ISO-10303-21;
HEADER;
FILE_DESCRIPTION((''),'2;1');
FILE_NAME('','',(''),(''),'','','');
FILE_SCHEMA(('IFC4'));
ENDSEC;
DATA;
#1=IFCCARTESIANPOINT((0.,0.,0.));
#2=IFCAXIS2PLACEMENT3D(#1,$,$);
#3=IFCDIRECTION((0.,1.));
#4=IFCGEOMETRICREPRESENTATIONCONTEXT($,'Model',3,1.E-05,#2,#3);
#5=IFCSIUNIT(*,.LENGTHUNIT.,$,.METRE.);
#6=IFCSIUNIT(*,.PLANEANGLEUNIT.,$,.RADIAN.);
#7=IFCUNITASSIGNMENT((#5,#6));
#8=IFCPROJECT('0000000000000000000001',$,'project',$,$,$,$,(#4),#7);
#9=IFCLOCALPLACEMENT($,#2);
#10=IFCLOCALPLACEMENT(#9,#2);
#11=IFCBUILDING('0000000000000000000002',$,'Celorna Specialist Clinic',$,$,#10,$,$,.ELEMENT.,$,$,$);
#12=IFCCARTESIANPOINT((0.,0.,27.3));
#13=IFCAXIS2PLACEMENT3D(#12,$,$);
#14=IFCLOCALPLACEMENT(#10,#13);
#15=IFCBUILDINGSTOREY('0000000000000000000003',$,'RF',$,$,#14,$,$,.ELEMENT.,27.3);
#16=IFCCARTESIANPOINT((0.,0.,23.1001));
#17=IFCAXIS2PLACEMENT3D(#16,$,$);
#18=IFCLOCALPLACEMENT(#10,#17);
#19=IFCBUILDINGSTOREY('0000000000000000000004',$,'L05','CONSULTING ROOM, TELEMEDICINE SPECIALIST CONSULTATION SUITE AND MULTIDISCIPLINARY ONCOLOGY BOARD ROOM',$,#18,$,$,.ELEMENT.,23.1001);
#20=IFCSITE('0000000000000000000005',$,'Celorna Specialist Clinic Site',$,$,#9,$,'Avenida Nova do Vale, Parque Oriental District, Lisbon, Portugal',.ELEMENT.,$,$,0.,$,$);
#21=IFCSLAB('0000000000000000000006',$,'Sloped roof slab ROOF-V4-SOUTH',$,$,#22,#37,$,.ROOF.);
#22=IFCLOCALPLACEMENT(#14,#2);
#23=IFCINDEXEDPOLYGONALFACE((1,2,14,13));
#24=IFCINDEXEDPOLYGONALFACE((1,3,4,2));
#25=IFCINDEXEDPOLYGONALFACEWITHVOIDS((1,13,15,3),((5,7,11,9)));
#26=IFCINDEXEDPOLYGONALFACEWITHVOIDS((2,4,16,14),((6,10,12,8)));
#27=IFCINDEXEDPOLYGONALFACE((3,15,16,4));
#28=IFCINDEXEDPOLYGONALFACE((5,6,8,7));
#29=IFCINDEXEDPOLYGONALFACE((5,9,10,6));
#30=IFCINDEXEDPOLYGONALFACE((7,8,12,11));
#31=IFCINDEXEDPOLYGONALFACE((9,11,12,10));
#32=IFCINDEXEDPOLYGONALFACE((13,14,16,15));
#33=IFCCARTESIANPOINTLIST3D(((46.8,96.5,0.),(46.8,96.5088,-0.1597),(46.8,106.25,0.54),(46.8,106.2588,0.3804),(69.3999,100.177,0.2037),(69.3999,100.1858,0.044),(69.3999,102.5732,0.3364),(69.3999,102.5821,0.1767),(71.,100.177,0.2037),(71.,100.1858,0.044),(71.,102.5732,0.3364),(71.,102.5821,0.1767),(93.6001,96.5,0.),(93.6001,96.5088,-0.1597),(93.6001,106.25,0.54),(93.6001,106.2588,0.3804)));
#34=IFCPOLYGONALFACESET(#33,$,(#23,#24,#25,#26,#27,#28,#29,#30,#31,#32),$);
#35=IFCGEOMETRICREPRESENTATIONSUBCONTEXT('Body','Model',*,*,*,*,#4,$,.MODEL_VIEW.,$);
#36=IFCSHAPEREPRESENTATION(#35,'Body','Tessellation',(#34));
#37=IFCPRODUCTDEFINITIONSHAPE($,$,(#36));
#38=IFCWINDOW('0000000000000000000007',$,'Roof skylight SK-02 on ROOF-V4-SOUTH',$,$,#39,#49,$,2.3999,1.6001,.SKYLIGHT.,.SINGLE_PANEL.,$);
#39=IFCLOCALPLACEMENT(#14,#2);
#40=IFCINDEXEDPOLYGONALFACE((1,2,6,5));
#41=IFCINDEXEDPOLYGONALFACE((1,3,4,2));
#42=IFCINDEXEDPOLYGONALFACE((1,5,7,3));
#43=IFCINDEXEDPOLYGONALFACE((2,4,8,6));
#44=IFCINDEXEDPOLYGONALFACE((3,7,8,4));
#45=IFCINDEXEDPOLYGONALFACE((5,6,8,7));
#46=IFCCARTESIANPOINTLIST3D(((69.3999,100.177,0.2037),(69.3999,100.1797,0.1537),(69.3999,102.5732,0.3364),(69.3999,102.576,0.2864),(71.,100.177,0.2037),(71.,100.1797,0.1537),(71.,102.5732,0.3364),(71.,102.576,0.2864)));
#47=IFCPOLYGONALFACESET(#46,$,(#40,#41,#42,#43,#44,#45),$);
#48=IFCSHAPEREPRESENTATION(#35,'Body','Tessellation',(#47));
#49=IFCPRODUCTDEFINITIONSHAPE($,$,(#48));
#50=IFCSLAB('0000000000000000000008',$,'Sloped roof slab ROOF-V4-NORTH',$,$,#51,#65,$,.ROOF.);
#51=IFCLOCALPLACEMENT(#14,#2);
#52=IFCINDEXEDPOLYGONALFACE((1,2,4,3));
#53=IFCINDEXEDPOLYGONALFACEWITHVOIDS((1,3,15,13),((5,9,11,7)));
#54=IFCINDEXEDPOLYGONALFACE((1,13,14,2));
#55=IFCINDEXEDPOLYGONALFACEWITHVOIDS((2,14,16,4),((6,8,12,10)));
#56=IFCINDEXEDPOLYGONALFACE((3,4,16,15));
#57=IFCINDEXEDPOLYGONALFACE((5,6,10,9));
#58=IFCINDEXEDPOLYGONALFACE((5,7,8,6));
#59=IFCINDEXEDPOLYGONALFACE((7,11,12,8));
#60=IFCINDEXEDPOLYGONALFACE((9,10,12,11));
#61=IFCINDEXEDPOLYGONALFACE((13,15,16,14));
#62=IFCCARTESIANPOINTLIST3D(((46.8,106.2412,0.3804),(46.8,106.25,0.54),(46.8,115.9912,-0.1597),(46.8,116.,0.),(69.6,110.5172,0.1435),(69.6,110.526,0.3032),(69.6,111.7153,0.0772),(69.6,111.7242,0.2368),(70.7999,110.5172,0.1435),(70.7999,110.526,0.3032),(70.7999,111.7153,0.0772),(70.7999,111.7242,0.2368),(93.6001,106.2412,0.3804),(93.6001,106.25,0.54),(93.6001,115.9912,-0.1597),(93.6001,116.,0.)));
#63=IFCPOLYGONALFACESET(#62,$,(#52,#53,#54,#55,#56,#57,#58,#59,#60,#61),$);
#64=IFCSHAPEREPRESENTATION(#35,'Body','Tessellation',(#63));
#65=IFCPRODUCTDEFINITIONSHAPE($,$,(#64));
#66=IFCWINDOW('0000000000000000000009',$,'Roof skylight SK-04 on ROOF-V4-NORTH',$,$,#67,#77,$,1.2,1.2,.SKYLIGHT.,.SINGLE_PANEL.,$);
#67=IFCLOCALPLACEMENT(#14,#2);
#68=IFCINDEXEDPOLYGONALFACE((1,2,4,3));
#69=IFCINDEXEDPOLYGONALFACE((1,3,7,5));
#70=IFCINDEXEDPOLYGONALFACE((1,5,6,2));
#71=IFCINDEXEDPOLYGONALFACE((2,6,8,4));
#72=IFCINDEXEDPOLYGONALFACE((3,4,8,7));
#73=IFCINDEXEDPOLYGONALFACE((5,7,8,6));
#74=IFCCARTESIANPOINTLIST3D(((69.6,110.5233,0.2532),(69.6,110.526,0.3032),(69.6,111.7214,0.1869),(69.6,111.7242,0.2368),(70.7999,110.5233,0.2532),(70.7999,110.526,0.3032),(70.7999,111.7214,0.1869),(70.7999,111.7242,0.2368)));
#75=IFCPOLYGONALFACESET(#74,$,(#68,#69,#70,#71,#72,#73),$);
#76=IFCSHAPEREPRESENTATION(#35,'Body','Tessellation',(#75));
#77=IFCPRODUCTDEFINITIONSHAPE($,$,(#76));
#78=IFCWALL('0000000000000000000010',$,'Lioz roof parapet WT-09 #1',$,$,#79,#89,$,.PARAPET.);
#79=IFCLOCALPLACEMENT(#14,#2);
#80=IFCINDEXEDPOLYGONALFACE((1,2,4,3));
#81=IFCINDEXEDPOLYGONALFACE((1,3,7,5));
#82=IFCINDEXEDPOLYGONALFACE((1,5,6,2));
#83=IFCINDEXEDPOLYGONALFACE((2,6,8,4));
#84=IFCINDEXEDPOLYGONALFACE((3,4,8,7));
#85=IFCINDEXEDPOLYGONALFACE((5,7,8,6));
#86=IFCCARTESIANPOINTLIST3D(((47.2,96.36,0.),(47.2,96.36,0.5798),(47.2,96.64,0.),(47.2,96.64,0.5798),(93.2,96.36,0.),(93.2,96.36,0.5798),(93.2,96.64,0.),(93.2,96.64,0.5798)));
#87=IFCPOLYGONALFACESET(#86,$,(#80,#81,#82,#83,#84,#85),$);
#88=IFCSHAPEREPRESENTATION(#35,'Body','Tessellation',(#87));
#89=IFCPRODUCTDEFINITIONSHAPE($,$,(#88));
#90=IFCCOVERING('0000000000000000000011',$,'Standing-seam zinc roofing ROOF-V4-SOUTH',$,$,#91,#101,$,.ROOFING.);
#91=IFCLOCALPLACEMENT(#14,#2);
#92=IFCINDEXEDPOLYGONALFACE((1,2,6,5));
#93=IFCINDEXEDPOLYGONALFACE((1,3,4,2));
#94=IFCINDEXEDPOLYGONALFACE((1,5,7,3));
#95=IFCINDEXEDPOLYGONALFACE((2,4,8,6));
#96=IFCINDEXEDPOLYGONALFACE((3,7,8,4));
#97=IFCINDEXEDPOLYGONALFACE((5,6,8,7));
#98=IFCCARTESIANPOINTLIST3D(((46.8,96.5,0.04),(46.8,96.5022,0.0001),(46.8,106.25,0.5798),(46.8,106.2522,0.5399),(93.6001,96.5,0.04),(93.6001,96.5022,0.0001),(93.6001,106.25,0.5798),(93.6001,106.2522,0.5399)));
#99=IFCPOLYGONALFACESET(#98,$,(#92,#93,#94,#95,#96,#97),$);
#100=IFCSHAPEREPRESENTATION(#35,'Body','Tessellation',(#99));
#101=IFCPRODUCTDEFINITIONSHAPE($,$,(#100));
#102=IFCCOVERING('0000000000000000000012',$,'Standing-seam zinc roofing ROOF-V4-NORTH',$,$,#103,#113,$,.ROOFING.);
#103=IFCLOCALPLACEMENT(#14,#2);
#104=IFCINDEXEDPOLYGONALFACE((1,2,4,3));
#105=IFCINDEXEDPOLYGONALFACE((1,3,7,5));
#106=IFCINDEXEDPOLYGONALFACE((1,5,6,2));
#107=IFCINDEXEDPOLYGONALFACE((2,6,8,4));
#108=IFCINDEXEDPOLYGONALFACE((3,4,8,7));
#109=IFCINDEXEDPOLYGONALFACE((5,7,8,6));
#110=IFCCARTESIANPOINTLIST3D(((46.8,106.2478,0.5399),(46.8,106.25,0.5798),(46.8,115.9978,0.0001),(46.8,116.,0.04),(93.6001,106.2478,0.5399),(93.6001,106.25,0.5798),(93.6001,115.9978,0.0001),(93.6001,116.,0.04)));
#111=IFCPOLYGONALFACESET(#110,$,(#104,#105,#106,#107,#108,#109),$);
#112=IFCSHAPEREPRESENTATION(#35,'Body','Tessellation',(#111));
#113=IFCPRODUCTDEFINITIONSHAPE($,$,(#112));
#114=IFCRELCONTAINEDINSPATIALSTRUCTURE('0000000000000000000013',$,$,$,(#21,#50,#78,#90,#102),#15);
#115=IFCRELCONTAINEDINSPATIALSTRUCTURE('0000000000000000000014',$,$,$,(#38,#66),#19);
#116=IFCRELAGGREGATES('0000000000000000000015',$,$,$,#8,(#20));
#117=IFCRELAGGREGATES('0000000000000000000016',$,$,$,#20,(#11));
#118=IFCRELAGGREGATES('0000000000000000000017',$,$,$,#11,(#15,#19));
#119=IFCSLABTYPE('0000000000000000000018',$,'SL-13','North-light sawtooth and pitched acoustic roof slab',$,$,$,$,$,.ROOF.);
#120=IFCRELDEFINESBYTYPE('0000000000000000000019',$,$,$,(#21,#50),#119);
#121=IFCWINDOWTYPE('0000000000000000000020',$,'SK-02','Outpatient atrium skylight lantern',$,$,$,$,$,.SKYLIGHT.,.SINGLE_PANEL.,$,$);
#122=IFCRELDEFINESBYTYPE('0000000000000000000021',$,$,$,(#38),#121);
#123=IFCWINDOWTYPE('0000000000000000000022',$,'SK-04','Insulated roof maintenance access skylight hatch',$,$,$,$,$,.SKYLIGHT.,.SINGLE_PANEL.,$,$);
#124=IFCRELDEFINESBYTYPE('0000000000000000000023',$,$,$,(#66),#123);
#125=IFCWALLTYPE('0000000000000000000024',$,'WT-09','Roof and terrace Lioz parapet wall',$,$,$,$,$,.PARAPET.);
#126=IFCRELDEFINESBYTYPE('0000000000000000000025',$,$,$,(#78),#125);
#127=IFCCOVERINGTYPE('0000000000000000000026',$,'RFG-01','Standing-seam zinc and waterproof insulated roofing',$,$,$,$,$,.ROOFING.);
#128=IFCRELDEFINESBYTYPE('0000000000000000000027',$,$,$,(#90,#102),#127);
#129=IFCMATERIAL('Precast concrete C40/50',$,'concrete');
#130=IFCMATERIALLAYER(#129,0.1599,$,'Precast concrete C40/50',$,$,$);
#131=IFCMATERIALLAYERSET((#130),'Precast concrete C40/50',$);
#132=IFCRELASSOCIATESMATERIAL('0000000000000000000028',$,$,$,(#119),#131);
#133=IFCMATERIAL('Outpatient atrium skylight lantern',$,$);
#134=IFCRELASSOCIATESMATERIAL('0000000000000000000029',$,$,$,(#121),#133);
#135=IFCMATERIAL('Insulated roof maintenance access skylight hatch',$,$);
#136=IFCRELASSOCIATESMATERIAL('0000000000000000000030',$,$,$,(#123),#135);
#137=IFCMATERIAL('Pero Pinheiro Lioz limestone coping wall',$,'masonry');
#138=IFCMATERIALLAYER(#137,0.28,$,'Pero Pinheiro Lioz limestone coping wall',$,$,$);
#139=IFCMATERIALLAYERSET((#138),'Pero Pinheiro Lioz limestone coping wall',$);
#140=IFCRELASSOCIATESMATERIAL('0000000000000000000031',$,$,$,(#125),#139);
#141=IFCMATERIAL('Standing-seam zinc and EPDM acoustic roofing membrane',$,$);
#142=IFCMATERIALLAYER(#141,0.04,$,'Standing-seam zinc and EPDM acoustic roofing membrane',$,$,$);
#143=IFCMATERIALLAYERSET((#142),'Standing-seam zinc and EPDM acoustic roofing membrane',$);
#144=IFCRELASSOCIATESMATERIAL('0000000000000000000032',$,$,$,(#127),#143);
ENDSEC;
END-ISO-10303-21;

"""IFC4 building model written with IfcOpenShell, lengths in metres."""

from ifc_helpers import new_model, si_unit, direction, frame, frame_2d, origin, origin_2d, place, context, subcontext, project, spatial, polyline, rectangle, outline, extrude, material, layer, layer_set, type_object, element, fill, save


model = new_model("IFC4")

# Units and contexts
model_context = context("Model", 3, precision=1e-05, world=origin(), true_north=direction((0.0, 1.0)))
body_context = subcontext(model_context, "Body", "Model", "MODEL_VIEW")
ifc_project = project(units=[si_unit("LENGTHUNIT", "METRE"), si_unit("PLANEANGLEUNIT", "RADIAN")], contexts=[model_context])

# Site, building, storey
site_placement = place(None, origin())
site = spatial("IfcSite", under=ifc_project, at=site_placement, Name="Celorna Specialist Clinic Site", LongName="Avenida Nova do Vale, Parque Oriental District, Lisbon, Portugal", CompositionType="ELEMENT", RefElevation=0.0)
building_placement = place(site_placement, origin())
building = spatial("IfcBuilding", under=site, at=building_placement, Name="Celorna Specialist Clinic", CompositionType="ELEMENT")
storey_1_placement = place(building_placement, frame((0.0, 0.0, 27.3)))
storey_1 = spatial("IfcBuildingStorey", under=building, at=storey_1_placement, Name="RF", CompositionType="ELEMENT", Elevation=27.3)

# Slab, opening
ifc_material_1 = material(Name="Precast concrete C40/50", Category="concrete")
ifc_layer_1 = layer(ifc_material_1, 0.1599, Name="Precast concrete C40/50")
ifc_layer_set_1 = layer_set([ifc_layer_1], Name="Precast concrete C40/50")
slab_type = type_object("IfcSlabType", Name="SL-13", Description="North-light sawtooth and pitched acoustic roof slab", PredefinedType="ROOF", material=ifc_layer_set_1)
slab_1_placement = place(storey_1_placement, frame((46.8, 96.5, 0.0), z_axis=(0.0, -0.055304, 0.99847), x_axis=(1.0, 0.0, 0.0)))
slab_1 = element("IfcSlab", 1, at=slab_1_placement, inside=storey_1, type_object=slab_type, Name="Sloped roof slab ROOF-V4-SOUTH", PredefinedType="ROOF", context=body_context, shape_type="SweptSolid", body=[
    extrude(outline(polyline([(0.0, 0.0), (46.8, 0.0), (46.8, 9.7649), (0.0, 9.7649), (0.0, 0.0)])), origin(), (0.0, 0.0, -1.0), 0.1599),
])
opening_1_placement = place(slab_1_placement, frame((23.3999, 4.8826, 0.01)))
opening_1 = element("IfcOpeningElement", 2, at=opening_1_placement, cuts=slab_1, PredefinedType="OPENING", context=body_context, shape_type="SweptSolid", body=[
    extrude(rectangle(XDim=1.6001, YDim=2.3999, at=origin_2d()), origin(), (0.0, 0.0, -1.0), 0.1799),
])

# Shared definitions
storey_2_placement = place(building_placement, frame((0.0, 0.0, 23.1001)))
storey_2 = spatial("IfcBuildingStorey", under=building, at=storey_2_placement, Name="L05", Description="CONSULTING ROOM, TELEMEDICINE SPECIALIST CONSULTATION SUITE AND MULTIDISCIPLINARY ONCOLOGY BOARD ROOM", CompositionType="ELEMENT", Elevation=23.1001)

# Window
ifc_material_2 = material(Name="Outpatient atrium skylight lantern")
window_type_1 = type_object("IfcWindowType", Name="SK-02", Description="Outpatient atrium skylight lantern", PartitioningType="SINGLE_PANEL", PredefinedType="SKYLIGHT", material=ifc_material_2)
window_1_placement = place(opening_1_placement, frame((0.0, 0.0, -0.01)))
window_1 = element("IfcWindow", 3, at=window_1_placement, inside=storey_2, type_object=window_type_1, Name="Roof skylight SK-02 on ROOF-V4-SOUTH", OverallHeight=2.3999, OverallWidth=1.6001, PartitioningType="SINGLE_PANEL", PredefinedType="SKYLIGHT", context=body_context, shape_type="SweptSolid", body=[
    extrude(rectangle(XDim=1.6001, YDim=2.3999, at=origin_2d()), origin(), (0.0, 0.0, -1.0), 0.05),
])
fill(opening_1, window_1)

# Slab, opening, window
slab_2_placement = place(storey_1_placement, frame((46.8, 106.25, 0.54), z_axis=(0.0, 0.055304, 0.99847), x_axis=(1.0, 0.0, 0.0)))
slab_2 = element("IfcSlab", 4, at=slab_2_placement, inside=storey_1, type_object=slab_type, Name="Sloped roof slab ROOF-V4-NORTH", PredefinedType="ROOF", context=body_context, shape_type="SweptSolid", body=[
    extrude(outline(polyline([(0.0, 0.0), (46.8, 0.0), (46.8, 9.7649), (0.0, 9.7649), (0.0, 0.0)])), origin(), (0.0, 0.0, -1.0), 0.1599),
])
opening_2_placement = place(slab_2_placement, frame((23.3999, 4.8826, 0.01)))
opening_2 = element("IfcOpeningElement", 5, at=opening_2_placement, cuts=slab_2, PredefinedType="OPENING", context=body_context, shape_type="SweptSolid", body=[
    extrude(rectangle(XDim=1.2, YDim=1.2, at=origin_2d()), origin(), (0.0, 0.0, -1.0), 0.1799),
])
ifc_material_3 = material(Name="Insulated roof maintenance access skylight hatch")
window_type_2 = type_object("IfcWindowType", Name="SK-04", Description="Insulated roof maintenance access skylight hatch", PartitioningType="SINGLE_PANEL", PredefinedType="SKYLIGHT", material=ifc_material_3)
window_2_placement = place(opening_2_placement, frame((0.0, 0.0, -0.01)))
window_2 = element("IfcWindow", 6, at=window_2_placement, inside=storey_2, type_object=window_type_2, Name="Roof skylight SK-04 on ROOF-V4-NORTH", OverallHeight=1.2, OverallWidth=1.2, PartitioningType="SINGLE_PANEL", PredefinedType="SKYLIGHT", context=body_context, shape_type="SweptSolid", body=[
    extrude(rectangle(XDim=1.2, YDim=1.2, at=origin_2d()), origin(), (0.0, 0.0, -1.0), 0.05),
])
fill(opening_2, window_2)

# Wall
ifc_material_4 = material(Name="Pero Pinheiro Lioz limestone coping wall", Category="masonry")
ifc_layer_2 = layer(ifc_material_4, 0.28, Name="Pero Pinheiro Lioz limestone coping wall")
ifc_layer_set_2 = layer_set([ifc_layer_2], Name="Pero Pinheiro Lioz limestone coping wall")
wall_type = type_object("IfcWallType", Name="WT-09", Description="Roof and terrace Lioz parapet wall", PredefinedType="PARAPET", material=ifc_layer_set_2)
wall_placement = place(storey_1_placement, frame((47.2, 96.5, 0.0), z_axis=(0.0, 0.0, 1.0), x_axis=(1.0, 0.0, 0.0)))
element("IfcWall", 7, at=wall_placement, inside=storey_1, type_object=wall_type, Name="Lioz roof parapet WT-09 #1", PredefinedType="PARAPET", context=body_context, shape_type="SweptSolid", body=[
    extrude(rectangle(XDim=46.0, YDim=0.28, at=frame_2d((23.0, 0.0))), origin(), (0.0, 0.0, 1.0), 0.5798),
])

# Coverings
ifc_material_5 = material(Name="Standing-seam zinc and EPDM acoustic roofing membrane")
ifc_layer_3 = layer(ifc_material_5, 0.04, Name="Standing-seam zinc and EPDM acoustic roofing membrane")
ifc_layer_set_3 = layer_set([ifc_layer_3], Name="Standing-seam zinc and EPDM acoustic roofing membrane")
covering_type = type_object("IfcCoveringType", Name="RFG-01", Description="Standing-seam zinc and waterproof insulated roofing", PredefinedType="ROOFING", material=ifc_layer_set_3)
for number, where, z_axis, x_axis, name in (
    (8, (46.8, 96.5, 0.04), (0.0, -0.055279, 0.998471), (1.0, 0.0, 0.0), "Standing-seam zinc roofing ROOF-V4-SOUTH"),
    (9, (46.8, 106.25, 0.5798), (0.0, 0.055279, 0.998471), (1.0, 0.0, 0.0), "Standing-seam zinc roofing ROOF-V4-NORTH"),
):
    element("IfcCovering", number, at=place(storey_1_placement, frame(where, z_axis=z_axis, x_axis=x_axis)), inside=storey_1, type_object=covering_type, Name=name, PredefinedType="ROOFING", context=body_context, shape_type="SweptSolid", body=[
        extrude(outline(polyline([(0.0, 0.0), (46.8, 0.0), (46.8, 9.7649), (0.0, 9.7649), (0.0, 0.0)])), origin(), (0.0, 0.0, -1.0), 0.04),
    ])

save(model, "model.ifc")
